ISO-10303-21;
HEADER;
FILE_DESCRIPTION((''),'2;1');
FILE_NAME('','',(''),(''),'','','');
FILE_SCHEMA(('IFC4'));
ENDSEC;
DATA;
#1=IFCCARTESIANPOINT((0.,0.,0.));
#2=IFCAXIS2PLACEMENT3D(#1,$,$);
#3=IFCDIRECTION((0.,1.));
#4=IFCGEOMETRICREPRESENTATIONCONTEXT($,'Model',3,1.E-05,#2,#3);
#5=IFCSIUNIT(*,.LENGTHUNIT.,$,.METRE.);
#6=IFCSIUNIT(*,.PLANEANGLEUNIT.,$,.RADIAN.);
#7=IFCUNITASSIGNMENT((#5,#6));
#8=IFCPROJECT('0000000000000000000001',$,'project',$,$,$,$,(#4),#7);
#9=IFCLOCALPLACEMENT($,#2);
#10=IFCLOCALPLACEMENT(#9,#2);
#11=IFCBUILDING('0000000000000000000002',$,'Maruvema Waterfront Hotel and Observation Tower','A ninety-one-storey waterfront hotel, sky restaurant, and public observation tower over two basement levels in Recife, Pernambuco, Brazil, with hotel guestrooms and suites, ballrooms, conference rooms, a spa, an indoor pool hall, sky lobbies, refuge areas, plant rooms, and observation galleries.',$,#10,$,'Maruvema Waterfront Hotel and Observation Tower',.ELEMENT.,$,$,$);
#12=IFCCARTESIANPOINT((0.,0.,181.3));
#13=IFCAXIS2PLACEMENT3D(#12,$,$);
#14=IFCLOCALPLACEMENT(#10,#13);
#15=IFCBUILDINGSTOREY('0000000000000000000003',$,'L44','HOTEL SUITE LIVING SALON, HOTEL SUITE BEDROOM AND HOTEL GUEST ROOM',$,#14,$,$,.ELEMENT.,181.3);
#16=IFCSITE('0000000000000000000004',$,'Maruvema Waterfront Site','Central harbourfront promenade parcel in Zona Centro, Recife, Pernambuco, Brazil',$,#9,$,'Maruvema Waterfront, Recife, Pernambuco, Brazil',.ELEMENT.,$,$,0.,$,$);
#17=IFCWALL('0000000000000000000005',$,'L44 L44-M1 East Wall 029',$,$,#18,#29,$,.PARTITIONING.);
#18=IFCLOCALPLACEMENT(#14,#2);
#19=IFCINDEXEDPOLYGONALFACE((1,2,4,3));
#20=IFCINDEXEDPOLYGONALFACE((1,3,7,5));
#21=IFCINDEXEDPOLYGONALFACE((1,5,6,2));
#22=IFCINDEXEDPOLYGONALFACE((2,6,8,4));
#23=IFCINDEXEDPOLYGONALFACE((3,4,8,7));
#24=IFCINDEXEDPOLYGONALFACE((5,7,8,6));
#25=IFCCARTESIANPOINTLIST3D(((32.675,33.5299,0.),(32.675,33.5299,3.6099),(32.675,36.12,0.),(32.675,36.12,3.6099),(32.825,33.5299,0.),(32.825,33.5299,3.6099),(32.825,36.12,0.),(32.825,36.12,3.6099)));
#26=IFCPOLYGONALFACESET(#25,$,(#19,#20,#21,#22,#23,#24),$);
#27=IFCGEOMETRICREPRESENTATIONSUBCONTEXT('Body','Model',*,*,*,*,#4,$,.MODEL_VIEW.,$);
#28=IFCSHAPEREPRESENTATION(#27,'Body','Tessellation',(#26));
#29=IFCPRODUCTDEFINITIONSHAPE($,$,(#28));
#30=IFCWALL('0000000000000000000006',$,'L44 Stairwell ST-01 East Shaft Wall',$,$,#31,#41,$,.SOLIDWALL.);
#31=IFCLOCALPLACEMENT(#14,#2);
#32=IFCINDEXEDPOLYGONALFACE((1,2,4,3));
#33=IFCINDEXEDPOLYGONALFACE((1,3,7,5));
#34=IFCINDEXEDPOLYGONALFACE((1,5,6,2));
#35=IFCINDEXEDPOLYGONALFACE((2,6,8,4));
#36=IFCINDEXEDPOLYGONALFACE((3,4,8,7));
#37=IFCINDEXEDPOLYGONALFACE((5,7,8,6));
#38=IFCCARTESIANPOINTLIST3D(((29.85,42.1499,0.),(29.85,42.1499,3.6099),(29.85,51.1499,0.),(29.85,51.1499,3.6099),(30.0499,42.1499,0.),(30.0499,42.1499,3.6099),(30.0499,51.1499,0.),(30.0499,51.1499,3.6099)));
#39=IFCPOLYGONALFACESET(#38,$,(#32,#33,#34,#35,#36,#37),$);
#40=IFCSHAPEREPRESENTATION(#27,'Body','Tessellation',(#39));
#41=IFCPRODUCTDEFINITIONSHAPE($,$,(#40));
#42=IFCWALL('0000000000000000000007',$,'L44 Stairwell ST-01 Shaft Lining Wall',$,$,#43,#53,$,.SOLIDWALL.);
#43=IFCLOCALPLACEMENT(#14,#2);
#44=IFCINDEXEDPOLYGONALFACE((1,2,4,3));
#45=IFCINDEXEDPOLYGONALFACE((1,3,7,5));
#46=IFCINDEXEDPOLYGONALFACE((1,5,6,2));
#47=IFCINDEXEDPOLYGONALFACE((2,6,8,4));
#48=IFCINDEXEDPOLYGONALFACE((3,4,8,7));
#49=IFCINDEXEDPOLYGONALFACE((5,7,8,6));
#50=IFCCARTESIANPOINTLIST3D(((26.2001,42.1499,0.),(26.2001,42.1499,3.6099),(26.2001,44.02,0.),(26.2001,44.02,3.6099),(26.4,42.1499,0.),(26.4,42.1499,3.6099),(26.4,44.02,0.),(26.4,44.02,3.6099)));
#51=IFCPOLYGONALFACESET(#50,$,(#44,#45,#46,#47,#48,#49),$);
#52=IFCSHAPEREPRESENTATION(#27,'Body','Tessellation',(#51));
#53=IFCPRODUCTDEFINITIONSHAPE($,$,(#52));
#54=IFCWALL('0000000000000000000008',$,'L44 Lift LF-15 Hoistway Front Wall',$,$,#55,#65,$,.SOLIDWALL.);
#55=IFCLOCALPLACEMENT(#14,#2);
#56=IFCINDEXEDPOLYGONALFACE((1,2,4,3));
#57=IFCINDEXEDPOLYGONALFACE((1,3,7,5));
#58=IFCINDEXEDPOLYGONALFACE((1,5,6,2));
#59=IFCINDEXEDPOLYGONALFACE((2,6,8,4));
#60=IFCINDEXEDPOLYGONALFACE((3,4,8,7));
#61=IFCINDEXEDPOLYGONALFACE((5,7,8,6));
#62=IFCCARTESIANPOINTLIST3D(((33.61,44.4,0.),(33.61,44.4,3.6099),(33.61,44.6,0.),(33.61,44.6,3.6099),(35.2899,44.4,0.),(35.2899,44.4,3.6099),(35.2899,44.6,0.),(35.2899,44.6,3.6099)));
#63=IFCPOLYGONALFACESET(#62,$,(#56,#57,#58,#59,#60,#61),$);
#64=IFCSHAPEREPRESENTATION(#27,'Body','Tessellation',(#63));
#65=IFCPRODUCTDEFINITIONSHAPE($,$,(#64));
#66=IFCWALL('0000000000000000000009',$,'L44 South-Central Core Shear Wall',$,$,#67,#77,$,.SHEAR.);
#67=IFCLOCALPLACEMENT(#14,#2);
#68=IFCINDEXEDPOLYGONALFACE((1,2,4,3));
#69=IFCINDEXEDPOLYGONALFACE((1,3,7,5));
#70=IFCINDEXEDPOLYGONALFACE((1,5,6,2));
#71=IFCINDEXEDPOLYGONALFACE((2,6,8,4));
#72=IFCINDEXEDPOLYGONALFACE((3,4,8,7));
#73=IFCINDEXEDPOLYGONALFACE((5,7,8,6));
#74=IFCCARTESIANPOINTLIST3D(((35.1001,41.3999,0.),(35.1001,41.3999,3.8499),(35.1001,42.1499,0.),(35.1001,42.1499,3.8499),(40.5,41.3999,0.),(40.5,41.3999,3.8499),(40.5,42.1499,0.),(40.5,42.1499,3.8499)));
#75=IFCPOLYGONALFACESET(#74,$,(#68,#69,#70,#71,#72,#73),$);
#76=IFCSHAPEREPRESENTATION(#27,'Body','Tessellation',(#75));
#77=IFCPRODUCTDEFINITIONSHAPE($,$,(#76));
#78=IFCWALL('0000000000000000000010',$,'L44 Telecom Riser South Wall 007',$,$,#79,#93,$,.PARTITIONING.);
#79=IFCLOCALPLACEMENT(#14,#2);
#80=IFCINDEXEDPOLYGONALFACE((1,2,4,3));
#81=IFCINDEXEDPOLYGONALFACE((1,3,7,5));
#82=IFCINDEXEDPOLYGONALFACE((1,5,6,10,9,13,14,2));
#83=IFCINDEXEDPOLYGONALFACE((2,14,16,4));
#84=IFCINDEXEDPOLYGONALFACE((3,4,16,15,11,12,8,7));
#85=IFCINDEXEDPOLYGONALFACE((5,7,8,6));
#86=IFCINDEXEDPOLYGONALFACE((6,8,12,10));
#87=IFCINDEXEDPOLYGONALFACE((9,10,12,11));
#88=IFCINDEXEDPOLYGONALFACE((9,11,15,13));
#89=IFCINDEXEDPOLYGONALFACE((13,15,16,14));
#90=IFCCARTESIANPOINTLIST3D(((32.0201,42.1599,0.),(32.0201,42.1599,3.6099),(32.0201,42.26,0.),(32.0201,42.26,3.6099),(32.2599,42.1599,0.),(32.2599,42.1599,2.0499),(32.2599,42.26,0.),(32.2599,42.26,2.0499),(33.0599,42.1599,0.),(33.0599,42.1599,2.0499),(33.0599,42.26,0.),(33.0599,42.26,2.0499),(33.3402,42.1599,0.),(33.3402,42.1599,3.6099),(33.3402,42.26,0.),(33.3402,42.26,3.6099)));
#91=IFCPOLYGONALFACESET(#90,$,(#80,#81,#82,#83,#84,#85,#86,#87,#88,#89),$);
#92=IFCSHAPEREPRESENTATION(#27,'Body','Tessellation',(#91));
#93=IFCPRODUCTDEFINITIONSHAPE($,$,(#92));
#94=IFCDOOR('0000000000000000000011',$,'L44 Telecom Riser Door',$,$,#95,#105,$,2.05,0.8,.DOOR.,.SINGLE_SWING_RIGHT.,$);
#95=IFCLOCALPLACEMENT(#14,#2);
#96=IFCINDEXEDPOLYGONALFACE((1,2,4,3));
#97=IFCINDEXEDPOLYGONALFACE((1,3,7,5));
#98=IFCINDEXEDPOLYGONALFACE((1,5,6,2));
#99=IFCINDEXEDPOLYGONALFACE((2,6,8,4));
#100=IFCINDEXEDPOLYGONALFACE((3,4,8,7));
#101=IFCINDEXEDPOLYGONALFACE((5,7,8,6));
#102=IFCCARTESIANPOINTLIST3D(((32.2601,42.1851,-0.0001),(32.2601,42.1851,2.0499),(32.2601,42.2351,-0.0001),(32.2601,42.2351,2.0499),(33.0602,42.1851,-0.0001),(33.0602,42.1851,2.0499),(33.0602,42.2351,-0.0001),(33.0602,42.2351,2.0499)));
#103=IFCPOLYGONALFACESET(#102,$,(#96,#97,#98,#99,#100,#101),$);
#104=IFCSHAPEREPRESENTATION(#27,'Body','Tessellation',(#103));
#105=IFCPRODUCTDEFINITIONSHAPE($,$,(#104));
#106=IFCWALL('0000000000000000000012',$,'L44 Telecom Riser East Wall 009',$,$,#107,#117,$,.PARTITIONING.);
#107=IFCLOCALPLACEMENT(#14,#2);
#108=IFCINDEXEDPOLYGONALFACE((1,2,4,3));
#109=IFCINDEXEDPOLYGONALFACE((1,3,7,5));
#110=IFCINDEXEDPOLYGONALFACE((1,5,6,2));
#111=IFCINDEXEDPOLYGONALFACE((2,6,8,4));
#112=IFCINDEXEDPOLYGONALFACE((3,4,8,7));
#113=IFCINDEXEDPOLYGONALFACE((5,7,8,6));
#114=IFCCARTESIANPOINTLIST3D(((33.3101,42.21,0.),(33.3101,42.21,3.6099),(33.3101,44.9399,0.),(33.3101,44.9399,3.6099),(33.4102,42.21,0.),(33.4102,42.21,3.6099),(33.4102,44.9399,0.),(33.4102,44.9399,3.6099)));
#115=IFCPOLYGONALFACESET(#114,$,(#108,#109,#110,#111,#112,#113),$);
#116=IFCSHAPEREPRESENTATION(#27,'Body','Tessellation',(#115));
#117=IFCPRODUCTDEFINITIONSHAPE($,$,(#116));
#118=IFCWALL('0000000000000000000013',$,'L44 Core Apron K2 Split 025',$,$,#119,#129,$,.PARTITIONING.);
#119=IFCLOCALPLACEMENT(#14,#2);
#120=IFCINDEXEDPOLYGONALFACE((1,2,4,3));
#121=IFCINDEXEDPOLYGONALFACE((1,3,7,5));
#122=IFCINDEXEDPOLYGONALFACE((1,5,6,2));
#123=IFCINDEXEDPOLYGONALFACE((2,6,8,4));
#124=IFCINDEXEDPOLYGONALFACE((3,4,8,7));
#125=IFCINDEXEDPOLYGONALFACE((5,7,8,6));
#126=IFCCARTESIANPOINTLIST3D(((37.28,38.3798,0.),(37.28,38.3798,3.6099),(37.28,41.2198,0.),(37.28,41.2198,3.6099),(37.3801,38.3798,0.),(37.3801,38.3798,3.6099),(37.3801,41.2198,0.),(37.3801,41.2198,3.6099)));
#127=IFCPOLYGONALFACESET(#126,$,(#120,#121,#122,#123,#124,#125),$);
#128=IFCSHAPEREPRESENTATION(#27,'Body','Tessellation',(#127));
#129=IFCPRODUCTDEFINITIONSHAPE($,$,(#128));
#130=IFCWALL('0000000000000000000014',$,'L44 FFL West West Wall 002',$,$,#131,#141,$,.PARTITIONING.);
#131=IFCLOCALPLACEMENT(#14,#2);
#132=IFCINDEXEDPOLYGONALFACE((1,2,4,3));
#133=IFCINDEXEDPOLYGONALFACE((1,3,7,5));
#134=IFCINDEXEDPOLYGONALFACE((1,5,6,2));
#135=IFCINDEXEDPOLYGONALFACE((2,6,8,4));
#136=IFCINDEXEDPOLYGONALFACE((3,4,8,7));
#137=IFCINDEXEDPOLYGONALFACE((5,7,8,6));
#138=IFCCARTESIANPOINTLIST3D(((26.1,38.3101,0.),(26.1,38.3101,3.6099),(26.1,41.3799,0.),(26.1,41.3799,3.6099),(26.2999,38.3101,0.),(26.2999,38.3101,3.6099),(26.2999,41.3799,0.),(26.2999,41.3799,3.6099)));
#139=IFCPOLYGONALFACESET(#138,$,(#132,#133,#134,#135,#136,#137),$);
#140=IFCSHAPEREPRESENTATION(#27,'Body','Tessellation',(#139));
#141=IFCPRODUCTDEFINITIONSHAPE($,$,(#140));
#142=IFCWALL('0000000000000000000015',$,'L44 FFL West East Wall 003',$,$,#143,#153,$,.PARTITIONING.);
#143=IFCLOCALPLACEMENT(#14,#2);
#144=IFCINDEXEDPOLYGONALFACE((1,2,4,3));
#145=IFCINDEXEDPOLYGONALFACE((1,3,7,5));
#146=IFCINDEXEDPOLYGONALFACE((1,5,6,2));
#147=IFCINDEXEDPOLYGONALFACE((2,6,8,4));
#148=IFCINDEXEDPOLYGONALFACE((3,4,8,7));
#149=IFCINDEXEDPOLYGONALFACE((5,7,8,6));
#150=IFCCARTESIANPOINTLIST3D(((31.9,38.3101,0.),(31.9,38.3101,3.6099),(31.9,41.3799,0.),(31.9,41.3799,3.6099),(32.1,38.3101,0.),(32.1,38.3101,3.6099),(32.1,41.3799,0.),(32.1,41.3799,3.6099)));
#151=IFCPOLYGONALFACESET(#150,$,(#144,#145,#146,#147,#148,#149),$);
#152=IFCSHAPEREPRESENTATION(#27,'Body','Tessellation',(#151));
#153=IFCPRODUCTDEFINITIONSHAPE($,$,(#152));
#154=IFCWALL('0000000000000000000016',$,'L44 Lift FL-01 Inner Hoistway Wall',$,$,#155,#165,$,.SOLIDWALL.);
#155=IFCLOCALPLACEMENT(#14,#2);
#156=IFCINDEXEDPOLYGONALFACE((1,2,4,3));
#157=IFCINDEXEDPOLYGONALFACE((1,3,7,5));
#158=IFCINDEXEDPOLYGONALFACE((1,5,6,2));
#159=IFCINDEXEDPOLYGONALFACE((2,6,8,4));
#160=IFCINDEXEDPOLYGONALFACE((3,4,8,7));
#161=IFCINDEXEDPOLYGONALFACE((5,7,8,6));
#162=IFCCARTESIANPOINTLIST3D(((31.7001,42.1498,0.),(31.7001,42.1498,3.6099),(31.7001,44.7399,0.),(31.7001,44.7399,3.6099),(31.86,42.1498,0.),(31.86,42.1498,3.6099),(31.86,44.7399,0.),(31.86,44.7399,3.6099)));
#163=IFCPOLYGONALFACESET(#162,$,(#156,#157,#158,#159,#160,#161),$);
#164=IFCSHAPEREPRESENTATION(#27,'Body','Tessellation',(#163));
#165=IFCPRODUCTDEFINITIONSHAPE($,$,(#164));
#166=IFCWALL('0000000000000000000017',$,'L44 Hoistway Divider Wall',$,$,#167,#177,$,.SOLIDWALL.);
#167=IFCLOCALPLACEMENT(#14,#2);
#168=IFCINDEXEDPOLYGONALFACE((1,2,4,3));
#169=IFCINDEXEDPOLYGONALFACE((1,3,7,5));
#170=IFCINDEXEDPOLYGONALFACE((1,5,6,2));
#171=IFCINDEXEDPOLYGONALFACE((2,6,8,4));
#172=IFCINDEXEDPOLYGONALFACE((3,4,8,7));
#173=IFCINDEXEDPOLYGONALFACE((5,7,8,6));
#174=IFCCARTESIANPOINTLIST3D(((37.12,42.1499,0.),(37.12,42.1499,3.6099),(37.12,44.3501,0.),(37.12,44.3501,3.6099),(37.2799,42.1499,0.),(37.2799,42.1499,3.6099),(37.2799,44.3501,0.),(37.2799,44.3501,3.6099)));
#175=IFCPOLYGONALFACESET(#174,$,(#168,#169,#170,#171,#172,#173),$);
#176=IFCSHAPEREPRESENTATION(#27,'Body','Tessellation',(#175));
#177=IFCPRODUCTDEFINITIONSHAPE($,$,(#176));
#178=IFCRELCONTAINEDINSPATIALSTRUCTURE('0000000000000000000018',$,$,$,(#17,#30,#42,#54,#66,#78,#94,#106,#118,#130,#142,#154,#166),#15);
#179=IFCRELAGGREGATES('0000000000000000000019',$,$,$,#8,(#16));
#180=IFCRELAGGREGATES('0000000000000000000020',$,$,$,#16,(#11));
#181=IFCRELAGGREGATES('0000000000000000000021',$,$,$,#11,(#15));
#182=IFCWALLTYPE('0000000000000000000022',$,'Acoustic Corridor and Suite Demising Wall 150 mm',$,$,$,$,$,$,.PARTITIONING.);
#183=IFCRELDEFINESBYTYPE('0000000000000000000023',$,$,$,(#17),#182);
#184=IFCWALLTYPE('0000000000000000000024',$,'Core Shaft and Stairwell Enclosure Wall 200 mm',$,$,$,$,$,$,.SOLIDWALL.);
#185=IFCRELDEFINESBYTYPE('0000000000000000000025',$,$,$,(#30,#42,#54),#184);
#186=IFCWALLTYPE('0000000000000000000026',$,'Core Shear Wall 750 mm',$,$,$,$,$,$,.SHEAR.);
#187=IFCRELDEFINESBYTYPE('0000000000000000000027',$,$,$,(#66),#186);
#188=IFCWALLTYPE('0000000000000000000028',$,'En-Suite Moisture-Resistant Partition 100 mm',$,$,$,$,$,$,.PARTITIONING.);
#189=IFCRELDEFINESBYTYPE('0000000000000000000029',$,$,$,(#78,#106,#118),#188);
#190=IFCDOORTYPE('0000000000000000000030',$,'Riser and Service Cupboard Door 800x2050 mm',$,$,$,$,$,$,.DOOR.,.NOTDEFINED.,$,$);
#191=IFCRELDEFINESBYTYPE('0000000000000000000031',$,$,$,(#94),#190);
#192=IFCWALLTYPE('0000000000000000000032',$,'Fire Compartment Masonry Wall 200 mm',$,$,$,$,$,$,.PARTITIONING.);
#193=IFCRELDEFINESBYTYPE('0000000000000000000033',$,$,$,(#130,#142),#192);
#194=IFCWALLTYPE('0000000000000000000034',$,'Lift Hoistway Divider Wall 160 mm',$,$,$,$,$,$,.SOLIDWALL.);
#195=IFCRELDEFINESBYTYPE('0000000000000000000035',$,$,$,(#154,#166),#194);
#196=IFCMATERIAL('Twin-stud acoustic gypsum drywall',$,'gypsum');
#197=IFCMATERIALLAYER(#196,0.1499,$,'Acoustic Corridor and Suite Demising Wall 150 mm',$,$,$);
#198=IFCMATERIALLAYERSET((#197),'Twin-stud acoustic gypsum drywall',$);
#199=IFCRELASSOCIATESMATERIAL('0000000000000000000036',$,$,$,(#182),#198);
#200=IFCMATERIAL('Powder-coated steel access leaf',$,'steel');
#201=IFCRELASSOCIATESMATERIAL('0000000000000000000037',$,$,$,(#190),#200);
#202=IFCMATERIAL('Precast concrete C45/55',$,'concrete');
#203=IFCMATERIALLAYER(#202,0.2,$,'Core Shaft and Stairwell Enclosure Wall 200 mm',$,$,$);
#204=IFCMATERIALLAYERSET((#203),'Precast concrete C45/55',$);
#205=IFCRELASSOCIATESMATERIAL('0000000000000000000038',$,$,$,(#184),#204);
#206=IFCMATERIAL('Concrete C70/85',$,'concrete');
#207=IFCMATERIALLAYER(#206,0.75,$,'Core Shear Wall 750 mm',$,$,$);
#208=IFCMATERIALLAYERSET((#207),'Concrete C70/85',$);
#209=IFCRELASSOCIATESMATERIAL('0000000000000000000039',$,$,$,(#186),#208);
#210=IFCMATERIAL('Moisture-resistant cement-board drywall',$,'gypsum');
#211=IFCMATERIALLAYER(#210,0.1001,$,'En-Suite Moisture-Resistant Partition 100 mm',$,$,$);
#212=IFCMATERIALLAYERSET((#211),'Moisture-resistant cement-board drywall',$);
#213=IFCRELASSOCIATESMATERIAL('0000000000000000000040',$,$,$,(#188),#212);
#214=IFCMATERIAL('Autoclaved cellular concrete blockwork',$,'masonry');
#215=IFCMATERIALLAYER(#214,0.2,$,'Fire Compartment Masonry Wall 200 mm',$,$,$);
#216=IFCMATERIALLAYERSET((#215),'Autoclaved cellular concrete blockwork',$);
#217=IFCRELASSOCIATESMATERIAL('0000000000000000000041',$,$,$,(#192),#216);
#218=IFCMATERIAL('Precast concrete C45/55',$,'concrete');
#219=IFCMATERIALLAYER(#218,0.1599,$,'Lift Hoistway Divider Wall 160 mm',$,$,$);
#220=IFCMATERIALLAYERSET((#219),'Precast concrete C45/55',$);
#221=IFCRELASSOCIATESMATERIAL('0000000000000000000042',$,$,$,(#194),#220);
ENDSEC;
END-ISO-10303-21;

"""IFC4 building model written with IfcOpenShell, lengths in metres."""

from ifc_helpers import new_model, si_unit, direction, frame, frame_2d, origin, place, context, subcontext, project, spatial, rectangle, extrude, material, layer, layer_set, type_object, element, fill, save


model = new_model("IFC4")

# Units and contexts
model_context = context("Model", 3, precision=1e-05, world=origin(), true_north=direction((0.0, 1.0)))
body_context = subcontext(model_context, "Body", "Model", "MODEL_VIEW")
ifc_project = project(units=[si_unit("LENGTHUNIT", "METRE"), si_unit("PLANEANGLEUNIT", "RADIAN")], contexts=[model_context])

# Site, building, storey
site_placement = place(None, origin())
site = spatial("IfcSite", under=ifc_project, at=site_placement, Name="Maruvema Waterfront Site", Description="Central harbourfront promenade parcel in Zona Centro, Recife, Pernambuco, Brazil", LongName="Maruvema Waterfront, Recife, Pernambuco, Brazil", CompositionType="ELEMENT", RefElevation=0.0)
building_placement = place(site_placement, origin())
building = spatial("IfcBuilding", under=site, at=building_placement, Name="Maruvema Waterfront Hotel and Observation Tower", Description="A ninety-one-storey waterfront hotel, sky restaurant, and public observation tower over two basement levels in Recife, Pernambuco, Brazil, with hotel guestrooms and suites, ballrooms, conference rooms, a spa, an indoor pool hall, sky lobbies, refuge areas, plant rooms, and observation galleries.", LongName="Maruvema Waterfront Hotel and Observation Tower", CompositionType="ELEMENT")
storey_placement = place(building_placement, frame((0.0, 0.0, 181.3)))
storey = spatial("IfcBuildingStorey", under=building, at=storey_placement, Name="L44", Description="HOTEL SUITE LIVING SALON, HOTEL SUITE BEDROOM AND HOTEL GUEST ROOM", CompositionType="ELEMENT", Elevation=181.3)

# Shared definitions
ifc_material_1 = material(Name="Twin-stud acoustic gypsum drywall", Category="gypsum")
ifc_layer_1 = layer(ifc_material_1, 0.1499, Name="Acoustic Corridor and Suite Demising Wall 150 mm")
ifc_layer_set_1 = layer_set([ifc_layer_1], Name="Twin-stud acoustic gypsum drywall")
wall_type_1 = type_object("IfcWallType", Name="Acoustic Corridor and Suite Demising Wall 150 mm", PredefinedType="PARTITIONING", material=ifc_layer_set_1)
ifc_material_2 = material(Name="Powder-coated steel access leaf", Category="steel")
door_type = type_object("IfcDoorType", Name="Riser and Service Cupboard Door 800x2050 mm", OperationType="NOTDEFINED", PredefinedType="DOOR", material=ifc_material_2)

# Walls
for number, where, z_axis, x_axis, name in (
    (1, (32.75, 33.53, 0.0), (0.0, 0.0, 1.0), (0.0, 1.0, 0.0), "L44 L44-M1 East Wall 029"),
):
    element("IfcWall", number, at=place(storey_placement, frame(where, z_axis=z_axis, x_axis=x_axis)), inside=storey, type_object=wall_type_1, Name=name, PredefinedType="PARTITIONING", context=body_context, shape_type="SweptSolid", body=[
        extrude(rectangle(XDim=2.5901, YDim=0.1499, at=frame_2d((1.2949, 0.0))), origin(), (0.0, 0.0, 1.0), 3.6099),
    ])
ifc_material_3 = material(Name="Precast concrete C45/55", Category="concrete")
ifc_layer_2 = layer(ifc_material_3, 0.2, Name="Core Shaft and Stairwell Enclosure Wall 200 mm")
ifc_layer_set_2 = layer_set([ifc_layer_2], Name="Precast concrete C45/55")
wall_type_2 = type_object("IfcWallType", Name="Core Shaft and Stairwell Enclosure Wall 200 mm", PredefinedType="SOLIDWALL", material=ifc_layer_set_2)
wall_1_placement = place(storey_placement, frame((29.95, 42.1499, 0.0), z_axis=(0.0, 0.0, 1.0), x_axis=(0.0, 1.0, 0.0)))
element("IfcWall", 2, at=wall_1_placement, inside=storey, type_object=wall_type_2, Name="L44 Stairwell ST-01 East Shaft Wall", PredefinedType="SOLIDWALL", context=body_context, shape_type="SweptSolid", body=[
    extrude(rectangle(XDim=9.0, YDim=0.2, at=frame_2d((4.5, 0.0))), origin(), (0.0, 0.0, 1.0), 3.6099),
])
wall_2_placement = place(storey_placement, frame((26.3, 42.1499, 0.0), z_axis=(0.0, 0.0, 1.0), x_axis=(0.0, 1.0, 0.0)))
element("IfcWall", 3, at=wall_2_placement, inside=storey, type_object=wall_type_2, Name="L44 Stairwell ST-01 Shaft Lining Wall", PredefinedType="SOLIDWALL", context=body_context, shape_type="SweptSolid", body=[
    extrude(rectangle(XDim=1.8701, YDim=0.2, at=frame_2d((0.9351, 0.0))), origin(), (0.0, 0.0, 1.0), 3.6099),
])
wall_3_placement = place(storey_placement, frame((33.6101, 44.5, 0.0), z_axis=(0.0, 0.0, 1.0), x_axis=(1.0, 0.0, 0.0)))
element("IfcWall", 4, at=wall_3_placement, inside=storey, type_object=wall_type_2, Name="L44 Lift LF-15 Hoistway Front Wall", PredefinedType="SOLIDWALL", context=body_context, shape_type="SweptSolid", body=[
    extrude(rectangle(XDim=1.6799, YDim=0.2, at=frame_2d((0.8398, 0.0))), origin(), (0.0, 0.0, 1.0), 3.6099),
])
ifc_material_4 = material(Name="Concrete C70/85", Category="concrete")
ifc_layer_3 = layer(ifc_material_4, 0.75, Name="Core Shear Wall 750 mm")
ifc_layer_set_3 = layer_set([ifc_layer_3], Name="Concrete C70/85")
wall_type_3 = type_object("IfcWallType", Name="Core Shear Wall 750 mm", PredefinedType="SHEAR", material=ifc_layer_set_3)
wall_4_placement = place(storey_placement, frame((35.1001, 41.7749, 0.0), z_axis=(0.0, 0.0, 1.0), x_axis=(1.0, 0.0, 0.0)))
element("IfcWall", 5, at=wall_4_placement, inside=storey, type_object=wall_type_3, Name="L44 South-Central Core Shear Wall", PredefinedType="SHEAR", context=body_context, shape_type="SweptSolid", body=[
    extrude(rectangle(XDim=5.3999, YDim=0.75, at=frame_2d((2.7, 0.0))), origin(), (0.0, 0.0, 1.0), 3.8499),
])

# Wall, opening, door
ifc_material_5 = material(Name="Moisture-resistant cement-board drywall", Category="gypsum")
ifc_layer_4 = layer(ifc_material_5, 0.1001, Name="En-Suite Moisture-Resistant Partition 100 mm")
ifc_layer_set_4 = layer_set([ifc_layer_4], Name="Moisture-resistant cement-board drywall")
wall_type_4 = type_object("IfcWallType", Name="En-Suite Moisture-Resistant Partition 100 mm", PredefinedType="PARTITIONING", material=ifc_layer_set_4)
wall_5_placement = place(storey_placement, frame((32.02, 42.21, 0.0), z_axis=(0.0, 0.0, 1.0), x_axis=(1.0, 0.0, 0.0)))
wall_5 = element("IfcWall", 6, at=wall_5_placement, inside=storey, type_object=wall_type_4, Name="L44 Telecom Riser South Wall 007", PredefinedType="PARTITIONING", context=body_context, shape_type="SweptSolid", body=[
    extrude(rectangle(XDim=1.3201, YDim=0.1001, at=frame_2d((0.6602, 0.0))), origin(), (0.0, 0.0, 1.0), 3.6099),
])
opening_1_placement = place(wall_5_placement, frame((0.24, 0.0, 0.0)))
opening_1 = element("IfcOpeningElement", 7, at=opening_1_placement, cuts=wall_5, PredefinedType="OPENING", context=body_context, shape_type="SweptSolid", body=[
    extrude(rectangle(XDim=0.8, YDim=2.05, at=frame_2d((0.3999, 1.0249))), frame((0.0, 0.0601, 0.0), z_axis=(0.0, -1.0, 0.0), x_axis=(1.0, 0.0, 0.0)), (0.0, 0.0, 1.0), 0.1201),
])
door_1_placement = place(opening_1_placement, frame((0.8, 0.0, 0.0), z_axis=(0.0, 0.0, 1.0), x_axis=(-1.0, 0.0, 0.0)))
door_1 = element("IfcDoor", 8, at=door_1_placement, inside=storey, type_object=door_type, Name="L44 Telecom Riser Door", OperationType="SINGLE_SWING_RIGHT", OverallHeight=2.05, OverallWidth=0.8, PredefinedType="DOOR", context=body_context, shape_type="SweptSolid", body=[
    extrude(rectangle(XDim=0.8, YDim=2.05, at=frame_2d((0.3999, 1.0249))), frame((0.0, 0.0249, 0.0), z_axis=(0.0, -1.0, 0.0), x_axis=(1.0, 0.0, 0.0)), (0.0, 0.0, 1.0), 0.05),
])
fill(opening_1, door_1)

# Walls
wall_6_placement = place(storey_placement, frame((33.3601, 42.21, 0.0), z_axis=(0.0, 0.0, 1.0), x_axis=(0.0, 1.0, 0.0)))
element("IfcWall", 9, at=wall_6_placement, inside=storey, type_object=wall_type_4, Name="L44 Telecom Riser East Wall 009", PredefinedType="PARTITIONING", context=body_context, shape_type="SweptSolid", body=[
    extrude(rectangle(XDim=2.73, YDim=0.1001, at=frame_2d((1.365, 0.0))), origin(), (0.0, 0.0, 1.0), 3.6099),
])
wall_7_placement = place(storey_placement, frame((37.3301, 38.3799, 0.0), z_axis=(0.0, 0.0, 1.0), x_axis=(0.0, 1.0, 0.0)))
element("IfcWall", 10, at=wall_7_placement, inside=storey, type_object=wall_type_4, Name="L44 Core Apron K2 Split 025", PredefinedType="PARTITIONING", context=body_context, shape_type="SweptSolid", body=[
    extrude(rectangle(XDim=2.8401, YDim=0.1001, at=frame_2d((1.4199, 0.0))), origin(), (0.0, 0.0, 1.0), 3.6099),
])
ifc_material_6 = material(Name="Autoclaved cellular concrete blockwork", Category="masonry")
ifc_layer_5 = layer(ifc_material_6, 0.2, Name="Fire Compartment Masonry Wall 200 mm")
ifc_layer_set_5 = layer_set([ifc_layer_5], Name="Autoclaved cellular concrete blockwork")
wall_type_5 = type_object("IfcWallType", Name="Fire Compartment Masonry Wall 200 mm", PredefinedType="PARTITIONING", material=ifc_layer_set_5)
for number, where, z_axis, x_axis, name in (
    (11, (26.2, 38.3101, 0.0), (0.0, 0.0, 1.0), (0.0, 1.0, 0.0), "L44 FFL West West Wall 002"),
    (12, (32.0, 38.3101, 0.0), (0.0, 0.0, 1.0), (0.0, 1.0, 0.0), "L44 FFL West East Wall 003"),
):
    element("IfcWall", number, at=place(storey_placement, frame(where, z_axis=z_axis, x_axis=x_axis)), inside=storey, type_object=wall_type_5, Name=name, PredefinedType="PARTITIONING", context=body_context, shape_type="SweptSolid", body=[
        extrude(rectangle(XDim=3.0698, YDim=0.2, at=frame_2d((1.5349, 0.0))), origin(), (0.0, 0.0, 1.0), 3.6099),
    ])
ifc_material_7 = material(Name="Precast concrete C45/55", Category="concrete")
ifc_layer_6 = layer(ifc_material_7, 0.1599, Name="Lift Hoistway Divider Wall 160 mm")
ifc_layer_set_6 = layer_set([ifc_layer_6], Name="Precast concrete C45/55")
wall_type_6 = type_object("IfcWallType", Name="Lift Hoistway Divider Wall 160 mm", PredefinedType="SOLIDWALL", material=ifc_layer_set_6)
wall_8_placement = place(storey_placement, frame((31.78, 42.1499, 0.0), z_axis=(0.0, 0.0, 1.0), x_axis=(0.0, 1.0, 0.0)))
element("IfcWall", 13, at=wall_8_placement, inside=storey, type_object=wall_type_6, Name="L44 Lift FL-01 Inner Hoistway Wall", PredefinedType="SOLIDWALL", context=body_context, shape_type="SweptSolid", body=[
    extrude(rectangle(XDim=2.5901, YDim=0.1599, at=frame_2d((1.2949, 0.0))), origin(), (0.0, 0.0, 1.0), 3.6099),
])
wall_9_placement = place(storey_placement, frame((37.2, 42.1499, 0.0), z_axis=(0.0, 0.0, 1.0), x_axis=(0.0, 1.0, 0.0)))
element("IfcWall", 14, at=wall_9_placement, inside=storey, type_object=wall_type_6, Name="L44 Hoistway Divider Wall", PredefinedType="SOLIDWALL", context=body_context, shape_type="SweptSolid", body=[
    extrude(rectangle(XDim=2.2002, YDim=0.1599, at=frame_2d((1.1001, 0.0))), origin(), (0.0, 0.0, 1.0), 3.6099),
])

save(model, "model.ifc")
